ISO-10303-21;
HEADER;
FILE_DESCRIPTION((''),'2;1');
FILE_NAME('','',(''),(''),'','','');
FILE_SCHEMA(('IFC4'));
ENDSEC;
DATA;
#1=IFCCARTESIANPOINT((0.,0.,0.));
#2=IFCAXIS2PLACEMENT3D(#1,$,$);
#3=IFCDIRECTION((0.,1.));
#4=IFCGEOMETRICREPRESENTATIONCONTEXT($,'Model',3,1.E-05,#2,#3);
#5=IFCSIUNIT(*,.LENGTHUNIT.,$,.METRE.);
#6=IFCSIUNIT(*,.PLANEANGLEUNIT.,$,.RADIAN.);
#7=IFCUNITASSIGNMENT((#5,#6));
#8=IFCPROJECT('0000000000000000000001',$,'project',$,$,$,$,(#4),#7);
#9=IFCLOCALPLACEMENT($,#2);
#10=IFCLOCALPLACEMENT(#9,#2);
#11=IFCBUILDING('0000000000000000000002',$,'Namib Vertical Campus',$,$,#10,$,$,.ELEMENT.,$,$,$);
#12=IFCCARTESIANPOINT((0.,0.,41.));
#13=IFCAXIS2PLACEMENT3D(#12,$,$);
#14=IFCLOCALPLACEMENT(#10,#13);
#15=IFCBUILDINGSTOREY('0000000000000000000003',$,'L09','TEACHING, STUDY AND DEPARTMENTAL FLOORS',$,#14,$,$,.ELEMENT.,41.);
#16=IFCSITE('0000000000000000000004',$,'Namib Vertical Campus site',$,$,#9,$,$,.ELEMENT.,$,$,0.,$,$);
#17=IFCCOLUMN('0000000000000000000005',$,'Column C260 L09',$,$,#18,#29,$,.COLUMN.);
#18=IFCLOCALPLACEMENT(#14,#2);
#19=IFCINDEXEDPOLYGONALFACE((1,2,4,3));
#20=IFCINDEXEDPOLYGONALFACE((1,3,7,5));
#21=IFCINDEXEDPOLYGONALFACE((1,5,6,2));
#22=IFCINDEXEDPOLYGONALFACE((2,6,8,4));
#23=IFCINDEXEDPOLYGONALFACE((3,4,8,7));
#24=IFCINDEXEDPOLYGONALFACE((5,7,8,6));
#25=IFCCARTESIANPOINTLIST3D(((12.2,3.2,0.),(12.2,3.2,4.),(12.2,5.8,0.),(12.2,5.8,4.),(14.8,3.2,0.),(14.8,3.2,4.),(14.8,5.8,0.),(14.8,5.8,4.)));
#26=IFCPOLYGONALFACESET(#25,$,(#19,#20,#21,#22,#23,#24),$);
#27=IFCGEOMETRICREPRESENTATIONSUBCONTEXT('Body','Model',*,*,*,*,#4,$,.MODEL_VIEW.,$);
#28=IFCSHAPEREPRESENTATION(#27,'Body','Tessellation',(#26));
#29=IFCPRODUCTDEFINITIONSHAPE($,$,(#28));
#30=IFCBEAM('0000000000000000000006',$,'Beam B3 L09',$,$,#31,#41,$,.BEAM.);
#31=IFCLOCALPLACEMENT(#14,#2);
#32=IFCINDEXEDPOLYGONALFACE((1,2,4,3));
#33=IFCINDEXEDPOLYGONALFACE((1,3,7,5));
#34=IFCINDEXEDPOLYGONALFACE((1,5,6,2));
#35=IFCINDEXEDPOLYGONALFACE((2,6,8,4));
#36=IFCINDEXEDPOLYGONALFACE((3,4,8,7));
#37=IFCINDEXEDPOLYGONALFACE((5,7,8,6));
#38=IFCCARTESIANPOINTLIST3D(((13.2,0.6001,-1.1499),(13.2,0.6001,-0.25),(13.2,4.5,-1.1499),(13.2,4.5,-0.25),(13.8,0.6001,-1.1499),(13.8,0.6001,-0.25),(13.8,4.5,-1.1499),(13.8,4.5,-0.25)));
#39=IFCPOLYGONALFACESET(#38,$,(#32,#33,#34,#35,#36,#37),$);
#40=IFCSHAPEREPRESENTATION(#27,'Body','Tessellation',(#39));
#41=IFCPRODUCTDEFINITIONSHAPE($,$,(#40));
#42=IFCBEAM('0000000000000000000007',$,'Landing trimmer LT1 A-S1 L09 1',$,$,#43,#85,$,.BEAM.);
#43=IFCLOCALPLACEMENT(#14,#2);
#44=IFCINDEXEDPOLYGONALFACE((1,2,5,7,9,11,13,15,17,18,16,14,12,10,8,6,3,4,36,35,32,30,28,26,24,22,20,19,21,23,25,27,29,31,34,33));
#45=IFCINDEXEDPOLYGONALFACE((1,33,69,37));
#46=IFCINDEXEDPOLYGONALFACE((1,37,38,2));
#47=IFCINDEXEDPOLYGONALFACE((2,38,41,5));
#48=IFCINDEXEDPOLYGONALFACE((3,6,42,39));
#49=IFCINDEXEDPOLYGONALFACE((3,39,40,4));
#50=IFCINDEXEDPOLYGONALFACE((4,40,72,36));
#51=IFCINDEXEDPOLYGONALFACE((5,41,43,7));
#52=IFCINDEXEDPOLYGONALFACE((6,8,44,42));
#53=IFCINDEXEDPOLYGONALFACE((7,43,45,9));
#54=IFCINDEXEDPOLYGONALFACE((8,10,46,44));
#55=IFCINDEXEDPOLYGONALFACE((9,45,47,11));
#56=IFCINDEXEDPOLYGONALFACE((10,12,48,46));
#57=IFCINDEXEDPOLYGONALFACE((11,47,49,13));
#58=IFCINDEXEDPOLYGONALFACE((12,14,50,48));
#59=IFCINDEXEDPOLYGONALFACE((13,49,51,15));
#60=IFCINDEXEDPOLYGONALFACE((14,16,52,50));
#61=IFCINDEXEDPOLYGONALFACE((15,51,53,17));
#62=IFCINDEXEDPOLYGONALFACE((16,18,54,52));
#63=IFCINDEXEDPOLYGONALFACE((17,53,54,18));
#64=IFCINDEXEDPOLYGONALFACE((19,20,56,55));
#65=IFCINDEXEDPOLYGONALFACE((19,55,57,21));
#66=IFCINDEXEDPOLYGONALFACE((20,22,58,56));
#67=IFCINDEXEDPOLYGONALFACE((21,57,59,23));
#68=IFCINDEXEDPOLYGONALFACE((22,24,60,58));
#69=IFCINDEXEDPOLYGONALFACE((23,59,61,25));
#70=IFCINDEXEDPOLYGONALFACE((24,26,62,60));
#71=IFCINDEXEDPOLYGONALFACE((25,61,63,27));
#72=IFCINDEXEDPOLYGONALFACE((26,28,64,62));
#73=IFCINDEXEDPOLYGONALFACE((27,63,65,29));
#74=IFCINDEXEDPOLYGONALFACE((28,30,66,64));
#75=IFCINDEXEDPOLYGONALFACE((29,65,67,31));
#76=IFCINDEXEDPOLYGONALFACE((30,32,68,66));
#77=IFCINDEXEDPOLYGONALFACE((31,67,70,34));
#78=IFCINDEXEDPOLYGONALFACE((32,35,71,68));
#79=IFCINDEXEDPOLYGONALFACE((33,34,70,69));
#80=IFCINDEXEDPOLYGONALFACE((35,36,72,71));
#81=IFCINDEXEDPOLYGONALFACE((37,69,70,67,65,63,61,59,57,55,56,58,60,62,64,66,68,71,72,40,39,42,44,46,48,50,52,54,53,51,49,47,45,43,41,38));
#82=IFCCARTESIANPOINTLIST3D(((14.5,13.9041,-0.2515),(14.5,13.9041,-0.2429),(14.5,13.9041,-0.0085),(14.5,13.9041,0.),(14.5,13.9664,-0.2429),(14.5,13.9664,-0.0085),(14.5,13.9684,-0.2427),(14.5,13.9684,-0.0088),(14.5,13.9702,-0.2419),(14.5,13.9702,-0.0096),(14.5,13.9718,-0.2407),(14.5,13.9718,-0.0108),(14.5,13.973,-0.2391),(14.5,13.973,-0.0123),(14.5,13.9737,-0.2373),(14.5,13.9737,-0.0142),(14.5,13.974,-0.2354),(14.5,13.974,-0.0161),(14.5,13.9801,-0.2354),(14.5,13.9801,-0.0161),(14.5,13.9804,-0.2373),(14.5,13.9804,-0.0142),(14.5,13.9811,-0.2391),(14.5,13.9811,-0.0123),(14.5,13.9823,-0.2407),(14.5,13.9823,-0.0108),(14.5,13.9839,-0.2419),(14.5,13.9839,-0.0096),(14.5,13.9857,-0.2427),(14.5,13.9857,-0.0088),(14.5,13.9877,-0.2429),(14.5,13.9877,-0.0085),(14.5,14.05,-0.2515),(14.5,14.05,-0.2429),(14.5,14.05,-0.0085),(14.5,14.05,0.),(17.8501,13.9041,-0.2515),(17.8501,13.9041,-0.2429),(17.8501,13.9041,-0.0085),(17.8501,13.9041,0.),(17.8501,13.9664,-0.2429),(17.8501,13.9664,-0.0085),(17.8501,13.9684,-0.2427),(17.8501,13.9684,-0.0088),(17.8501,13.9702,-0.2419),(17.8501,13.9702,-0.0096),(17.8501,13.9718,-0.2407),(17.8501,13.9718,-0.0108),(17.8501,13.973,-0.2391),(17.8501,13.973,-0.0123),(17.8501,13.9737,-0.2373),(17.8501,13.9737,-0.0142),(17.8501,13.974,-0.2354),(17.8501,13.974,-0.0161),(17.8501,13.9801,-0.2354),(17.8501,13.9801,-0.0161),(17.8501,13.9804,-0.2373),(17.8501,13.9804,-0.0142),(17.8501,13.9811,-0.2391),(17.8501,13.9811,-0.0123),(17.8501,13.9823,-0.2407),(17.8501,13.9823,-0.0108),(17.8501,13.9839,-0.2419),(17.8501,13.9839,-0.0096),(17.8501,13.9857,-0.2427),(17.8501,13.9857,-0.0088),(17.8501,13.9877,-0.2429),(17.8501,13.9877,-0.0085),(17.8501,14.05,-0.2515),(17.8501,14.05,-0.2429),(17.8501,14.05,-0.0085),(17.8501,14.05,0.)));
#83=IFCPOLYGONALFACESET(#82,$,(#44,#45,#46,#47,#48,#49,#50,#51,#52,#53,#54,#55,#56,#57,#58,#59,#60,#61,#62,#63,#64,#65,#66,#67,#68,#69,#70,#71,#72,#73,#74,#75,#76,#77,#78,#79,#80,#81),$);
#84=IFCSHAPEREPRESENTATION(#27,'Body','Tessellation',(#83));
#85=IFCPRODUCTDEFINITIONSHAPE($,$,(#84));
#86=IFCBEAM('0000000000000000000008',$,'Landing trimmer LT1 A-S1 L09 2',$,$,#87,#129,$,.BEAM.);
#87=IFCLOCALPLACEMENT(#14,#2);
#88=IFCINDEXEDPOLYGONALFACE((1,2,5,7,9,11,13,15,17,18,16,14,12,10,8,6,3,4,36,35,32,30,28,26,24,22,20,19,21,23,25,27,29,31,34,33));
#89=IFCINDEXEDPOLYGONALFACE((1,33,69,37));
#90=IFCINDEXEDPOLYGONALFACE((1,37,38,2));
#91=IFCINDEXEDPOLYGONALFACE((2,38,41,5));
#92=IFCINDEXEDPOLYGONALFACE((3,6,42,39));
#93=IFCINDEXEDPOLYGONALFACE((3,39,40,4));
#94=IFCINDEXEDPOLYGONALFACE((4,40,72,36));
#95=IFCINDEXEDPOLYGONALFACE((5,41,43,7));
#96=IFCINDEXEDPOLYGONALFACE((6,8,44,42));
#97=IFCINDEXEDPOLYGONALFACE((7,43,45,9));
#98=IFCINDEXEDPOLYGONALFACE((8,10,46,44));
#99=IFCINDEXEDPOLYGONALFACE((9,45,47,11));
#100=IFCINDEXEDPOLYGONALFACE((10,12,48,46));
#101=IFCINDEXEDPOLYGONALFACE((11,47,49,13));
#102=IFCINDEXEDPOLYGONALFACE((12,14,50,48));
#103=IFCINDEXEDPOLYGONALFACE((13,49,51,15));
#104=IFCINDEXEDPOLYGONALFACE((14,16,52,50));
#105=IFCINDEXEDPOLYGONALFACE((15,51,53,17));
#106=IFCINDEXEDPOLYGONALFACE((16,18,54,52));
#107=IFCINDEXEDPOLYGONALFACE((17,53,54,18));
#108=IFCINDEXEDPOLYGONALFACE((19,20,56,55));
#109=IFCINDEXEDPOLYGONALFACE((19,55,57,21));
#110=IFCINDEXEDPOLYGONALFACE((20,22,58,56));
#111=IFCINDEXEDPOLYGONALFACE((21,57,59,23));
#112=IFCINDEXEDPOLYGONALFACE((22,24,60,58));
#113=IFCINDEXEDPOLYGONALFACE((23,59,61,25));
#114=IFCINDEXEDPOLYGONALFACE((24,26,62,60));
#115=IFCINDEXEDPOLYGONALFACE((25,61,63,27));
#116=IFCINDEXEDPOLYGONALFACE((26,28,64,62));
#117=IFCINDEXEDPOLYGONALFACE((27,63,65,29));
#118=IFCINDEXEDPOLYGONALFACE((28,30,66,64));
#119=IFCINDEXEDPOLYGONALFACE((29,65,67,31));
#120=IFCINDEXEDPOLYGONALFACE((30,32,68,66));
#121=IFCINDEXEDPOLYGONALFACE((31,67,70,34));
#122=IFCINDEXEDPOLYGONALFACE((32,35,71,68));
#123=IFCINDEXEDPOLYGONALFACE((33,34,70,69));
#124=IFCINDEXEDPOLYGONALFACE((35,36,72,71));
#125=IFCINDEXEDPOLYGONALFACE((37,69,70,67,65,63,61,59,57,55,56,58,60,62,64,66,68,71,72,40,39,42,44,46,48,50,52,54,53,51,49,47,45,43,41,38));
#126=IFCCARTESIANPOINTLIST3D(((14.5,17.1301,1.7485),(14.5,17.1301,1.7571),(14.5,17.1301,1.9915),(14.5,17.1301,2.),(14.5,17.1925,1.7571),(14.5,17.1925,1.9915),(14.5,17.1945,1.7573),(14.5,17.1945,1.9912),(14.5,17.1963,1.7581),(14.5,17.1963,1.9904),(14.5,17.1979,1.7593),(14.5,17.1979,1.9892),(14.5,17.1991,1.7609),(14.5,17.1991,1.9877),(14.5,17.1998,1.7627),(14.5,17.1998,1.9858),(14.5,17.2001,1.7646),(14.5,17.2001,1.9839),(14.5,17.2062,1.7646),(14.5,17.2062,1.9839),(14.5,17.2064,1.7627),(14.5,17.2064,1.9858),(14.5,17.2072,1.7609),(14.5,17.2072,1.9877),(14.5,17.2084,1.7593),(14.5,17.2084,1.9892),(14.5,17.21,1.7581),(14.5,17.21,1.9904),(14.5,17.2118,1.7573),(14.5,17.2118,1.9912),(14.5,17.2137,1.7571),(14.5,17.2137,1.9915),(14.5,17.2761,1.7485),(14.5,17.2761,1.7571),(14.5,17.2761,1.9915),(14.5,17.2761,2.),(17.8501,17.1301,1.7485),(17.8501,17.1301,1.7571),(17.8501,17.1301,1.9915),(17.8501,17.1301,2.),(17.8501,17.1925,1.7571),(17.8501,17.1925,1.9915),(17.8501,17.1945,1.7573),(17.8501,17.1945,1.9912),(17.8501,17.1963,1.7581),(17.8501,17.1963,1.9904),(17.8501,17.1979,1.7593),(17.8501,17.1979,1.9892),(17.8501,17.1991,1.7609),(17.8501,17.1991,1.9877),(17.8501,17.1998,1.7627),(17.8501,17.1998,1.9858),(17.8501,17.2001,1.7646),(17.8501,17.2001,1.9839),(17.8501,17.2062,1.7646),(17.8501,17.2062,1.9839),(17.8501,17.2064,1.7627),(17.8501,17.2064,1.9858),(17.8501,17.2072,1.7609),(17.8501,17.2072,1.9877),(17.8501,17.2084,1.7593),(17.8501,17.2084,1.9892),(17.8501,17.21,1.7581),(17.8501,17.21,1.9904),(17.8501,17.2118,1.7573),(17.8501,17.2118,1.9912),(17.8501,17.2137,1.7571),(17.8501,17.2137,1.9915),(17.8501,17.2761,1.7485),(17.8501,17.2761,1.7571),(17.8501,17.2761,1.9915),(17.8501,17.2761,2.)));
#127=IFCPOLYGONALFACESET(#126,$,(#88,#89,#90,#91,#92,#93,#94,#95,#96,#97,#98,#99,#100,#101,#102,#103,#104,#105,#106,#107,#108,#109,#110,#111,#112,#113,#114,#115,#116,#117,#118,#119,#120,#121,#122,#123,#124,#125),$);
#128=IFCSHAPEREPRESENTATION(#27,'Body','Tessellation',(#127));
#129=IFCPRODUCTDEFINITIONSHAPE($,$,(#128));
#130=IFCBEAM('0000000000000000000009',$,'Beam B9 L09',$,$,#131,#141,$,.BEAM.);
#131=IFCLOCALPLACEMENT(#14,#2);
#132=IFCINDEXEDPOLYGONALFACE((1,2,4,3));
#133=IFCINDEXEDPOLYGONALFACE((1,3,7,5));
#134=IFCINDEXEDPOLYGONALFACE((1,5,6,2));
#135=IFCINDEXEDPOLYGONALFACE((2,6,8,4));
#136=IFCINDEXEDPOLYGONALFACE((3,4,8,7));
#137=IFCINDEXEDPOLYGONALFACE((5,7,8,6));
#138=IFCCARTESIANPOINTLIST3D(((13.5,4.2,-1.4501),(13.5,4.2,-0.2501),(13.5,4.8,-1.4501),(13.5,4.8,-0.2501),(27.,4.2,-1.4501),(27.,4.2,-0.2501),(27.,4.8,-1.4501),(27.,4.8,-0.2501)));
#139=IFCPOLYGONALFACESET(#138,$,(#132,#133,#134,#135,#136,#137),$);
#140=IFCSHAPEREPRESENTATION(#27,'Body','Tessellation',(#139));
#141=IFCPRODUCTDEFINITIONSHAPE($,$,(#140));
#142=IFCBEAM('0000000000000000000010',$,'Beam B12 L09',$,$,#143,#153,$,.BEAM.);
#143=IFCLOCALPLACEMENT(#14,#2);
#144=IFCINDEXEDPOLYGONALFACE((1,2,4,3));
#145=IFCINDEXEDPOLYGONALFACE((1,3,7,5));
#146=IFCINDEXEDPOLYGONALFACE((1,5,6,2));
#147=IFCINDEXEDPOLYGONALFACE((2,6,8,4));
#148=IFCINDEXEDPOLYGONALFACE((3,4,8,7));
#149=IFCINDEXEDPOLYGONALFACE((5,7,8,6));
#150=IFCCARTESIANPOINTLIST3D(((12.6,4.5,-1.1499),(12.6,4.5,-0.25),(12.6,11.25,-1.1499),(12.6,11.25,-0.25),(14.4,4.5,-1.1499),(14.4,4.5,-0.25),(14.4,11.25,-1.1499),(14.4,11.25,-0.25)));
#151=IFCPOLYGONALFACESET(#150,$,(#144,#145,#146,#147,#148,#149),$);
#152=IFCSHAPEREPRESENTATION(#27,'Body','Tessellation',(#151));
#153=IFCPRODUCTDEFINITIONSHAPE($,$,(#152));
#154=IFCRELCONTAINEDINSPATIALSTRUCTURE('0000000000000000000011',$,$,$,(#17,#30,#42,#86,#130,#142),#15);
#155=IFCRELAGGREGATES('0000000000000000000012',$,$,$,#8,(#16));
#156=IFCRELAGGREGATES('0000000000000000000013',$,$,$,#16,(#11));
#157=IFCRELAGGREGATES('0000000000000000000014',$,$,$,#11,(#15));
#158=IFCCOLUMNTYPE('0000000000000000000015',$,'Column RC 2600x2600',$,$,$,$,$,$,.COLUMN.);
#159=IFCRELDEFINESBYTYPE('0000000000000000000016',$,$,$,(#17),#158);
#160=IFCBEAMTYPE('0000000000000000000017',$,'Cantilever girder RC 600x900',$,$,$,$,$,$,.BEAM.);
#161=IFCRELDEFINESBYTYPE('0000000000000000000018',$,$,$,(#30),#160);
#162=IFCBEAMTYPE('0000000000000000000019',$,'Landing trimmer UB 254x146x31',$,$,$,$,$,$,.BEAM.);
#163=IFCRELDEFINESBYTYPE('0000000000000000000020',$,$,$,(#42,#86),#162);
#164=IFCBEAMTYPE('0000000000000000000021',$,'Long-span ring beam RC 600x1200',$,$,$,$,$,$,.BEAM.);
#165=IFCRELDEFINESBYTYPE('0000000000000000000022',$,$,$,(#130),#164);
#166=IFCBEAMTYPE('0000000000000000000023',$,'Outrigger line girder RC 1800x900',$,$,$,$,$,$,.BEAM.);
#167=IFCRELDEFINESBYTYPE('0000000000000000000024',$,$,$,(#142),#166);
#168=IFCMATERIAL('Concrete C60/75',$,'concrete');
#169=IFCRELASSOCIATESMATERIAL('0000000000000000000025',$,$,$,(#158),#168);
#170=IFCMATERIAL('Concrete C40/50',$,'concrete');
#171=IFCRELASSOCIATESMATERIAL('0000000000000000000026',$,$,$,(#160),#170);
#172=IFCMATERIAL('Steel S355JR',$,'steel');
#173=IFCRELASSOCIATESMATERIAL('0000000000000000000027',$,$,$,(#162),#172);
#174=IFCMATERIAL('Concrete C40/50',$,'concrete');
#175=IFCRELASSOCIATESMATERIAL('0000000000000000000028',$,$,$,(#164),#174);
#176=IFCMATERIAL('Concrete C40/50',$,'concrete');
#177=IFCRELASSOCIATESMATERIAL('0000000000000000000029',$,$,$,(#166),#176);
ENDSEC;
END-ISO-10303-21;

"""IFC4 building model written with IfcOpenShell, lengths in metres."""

from ifc_helpers import new_model, si_unit, direction, frame, origin, origin_2d, place, context, subcontext, project, spatial, rectangle, i_section, extrude, material, material_profile, profile_set, type_object, element, save


model = new_model("IFC4")

# Units and contexts
model_context = context("Model", 3, precision=1e-05, world=origin(), true_north=direction((0.0, 1.0)))
body_context = subcontext(model_context, "Body", "Model", "MODEL_VIEW")
ifc_project = project(units=[si_unit("LENGTHUNIT", "METRE"), si_unit("PLANEANGLEUNIT", "RADIAN")], contexts=[model_context])

# Site, building, storey
site_placement = place(None, origin())
site = spatial("IfcSite", under=ifc_project, at=site_placement, Name="Namib Vertical Campus site", CompositionType="ELEMENT", RefElevation=0.0)
building_placement = place(site_placement, origin())
building = spatial("IfcBuilding", under=site, at=building_placement, Name="Namib Vertical Campus", CompositionType="ELEMENT")
storey_placement = place(building_placement, frame((0.0, 0.0, 41.0)))
storey = spatial("IfcBuildingStorey", under=building, at=storey_placement, Name="L09", Description="TEACHING, STUDY AND DEPARTMENTAL FLOORS", CompositionType="ELEMENT", Elevation=41.0)

# Column
ifc_material_1 = material(Name="Concrete C60/75", Category="concrete")
ifc_material_profile_1 = material_profile(ifc_material_1, rectangle(XDim=2.6001, YDim=2.6001, at=origin_2d()))
ifc_profile_set_1 = profile_set([ifc_material_profile_1], Name="Concrete C60/75")
column_type = type_object("IfcColumnType", Name="Column RC 2600x2600", PredefinedType="COLUMN", material=ifc_profile_set_1)
column_placement = place(storey_placement, frame((13.5, 4.5, 0.0), z_axis=(0.0, 0.0, 1.0), x_axis=(1.0, 0.0, 0.0)))
element("IfcColumn", 1, at=column_placement, inside=storey, type_object=column_type, Name="Column C260 L09", PredefinedType="COLUMN", context=body_context, shape_type="SweptSolid", body=[
    extrude(rectangle(XDim=2.6001, YDim=2.6001, at=origin_2d()), origin(), (0.0, 0.0, 1.0), 4.0),
])

# Beams
ifc_material_2 = material(Name="Concrete C40/50", Category="concrete")
ifc_material_profile_2 = material_profile(ifc_material_2, rectangle(XDim=0.6001, YDim=0.8999, at=origin_2d()))
ifc_profile_set_2 = profile_set([ifc_material_profile_2], Name="Concrete C40/50")
beam_type_1 = type_object("IfcBeamType", Name="Cantilever girder RC 600x900", PredefinedType="BEAM", material=ifc_profile_set_2)
beam_1_placement = place(storey_placement, frame((13.5, 4.5, -0.7), z_axis=(0.0, -1.0, 0.0), x_axis=(1.0, 0.0, 0.0)))
element("IfcBeam", 2, at=beam_1_placement, inside=storey, type_object=beam_type_1, Name="Beam B3 L09", PredefinedType="BEAM", context=body_context, shape_type="SweptSolid", body=[
    extrude(rectangle(XDim=0.6001, YDim=0.8999, at=origin_2d()), origin(), (0.0, 0.0, 1.0), 3.8999),
])
ifc_material_3 = material(Name="Steel S355JR", Category="steel")
ifc_material_profile_3 = material_profile(ifc_material_3, i_section(OverallWidth=0.146, OverallDepth=0.2515, WebThickness=0.0061, FlangeThickness=0.0085, FilletRadius=0.0076, at=origin_2d()))
ifc_profile_set_3 = profile_set([ifc_material_profile_3], Name="Steel S355JR")
beam_type_2 = type_object("IfcBeamType", Name="Landing trimmer UB 254x146x31", PredefinedType="BEAM", material=ifc_profile_set_3)
for number, where, z_axis, x_axis, name in (
    (3, (14.5, 13.9771, -0.1257), (1.0, 0.0, 0.0), (0.0, 1.0, 0.0), "Landing trimmer LT1 A-S1 L09 1"),
    (4, (14.5, 17.2031, 1.8743), (1.0, 0.0, 0.0), (0.0, 1.0, 0.0), "Landing trimmer LT1 A-S1 L09 2"),
):
    element("IfcBeam", number, at=place(storey_placement, frame(where, z_axis=z_axis, x_axis=x_axis)), inside=storey, type_object=beam_type_2, Name=name, PredefinedType="BEAM", context=body_context, shape_type="SweptSolid", body=[
        extrude(i_section(OverallWidth=0.146, OverallDepth=0.2515, WebThickness=0.0061, FlangeThickness=0.0085, FilletRadius=0.0076, at=origin_2d()), origin(), (0.0, 0.0, 1.0), 3.3501),
    ])
ifc_material_4 = material(Name="Concrete C40/50", Category="concrete")
ifc_material_profile_4 = material_profile(ifc_material_4, rectangle(XDim=0.6001, YDim=1.2, at=origin_2d()))
ifc_profile_set_4 = profile_set([ifc_material_profile_4], Name="Concrete C40/50")
beam_type_3 = type_object("IfcBeamType", Name="Long-span ring beam RC 600x1200", PredefinedType="BEAM", material=ifc_profile_set_4)
beam_2_placement = place(storey_placement, frame((13.5, 4.5, -0.8501), z_axis=(1.0, 0.0, 0.0), x_axis=(0.0, 1.0, 0.0)))
element("IfcBeam", 5, at=beam_2_placement, inside=storey, type_object=beam_type_3, Name="Beam B9 L09", PredefinedType="BEAM", context=body_context, shape_type="SweptSolid", body=[
    extrude(rectangle(XDim=0.6001, YDim=1.2, at=origin_2d()), origin(), (0.0, 0.0, 1.0), 13.5),
])
ifc_material_5 = material(Name="Concrete C40/50", Category="concrete")
ifc_material_profile_5 = material_profile(ifc_material_5, rectangle(XDim=1.8, YDim=0.8999, at=origin_2d()))
ifc_profile_set_5 = profile_set([ifc_material_profile_5], Name="Concrete C40/50")
beam_type_4 = type_object("IfcBeamType", Name="Outrigger line girder RC 1800x900", PredefinedType="BEAM", material=ifc_profile_set_5)
beam_3_placement = place(storey_placement, frame((13.5, 4.5, -0.7), z_axis=(0.0, 1.0, 0.0), x_axis=(-1.0, 0.0, 0.0)))
element("IfcBeam", 6, at=beam_3_placement, inside=storey, type_object=beam_type_4, Name="Beam B12 L09", PredefinedType="BEAM", context=body_context, shape_type="SweptSolid", body=[
    extrude(rectangle(XDim=1.8, YDim=0.8999, at=origin_2d()), origin(), (0.0, 0.0, 1.0), 6.75),
])

save(model, "model.ifc")
